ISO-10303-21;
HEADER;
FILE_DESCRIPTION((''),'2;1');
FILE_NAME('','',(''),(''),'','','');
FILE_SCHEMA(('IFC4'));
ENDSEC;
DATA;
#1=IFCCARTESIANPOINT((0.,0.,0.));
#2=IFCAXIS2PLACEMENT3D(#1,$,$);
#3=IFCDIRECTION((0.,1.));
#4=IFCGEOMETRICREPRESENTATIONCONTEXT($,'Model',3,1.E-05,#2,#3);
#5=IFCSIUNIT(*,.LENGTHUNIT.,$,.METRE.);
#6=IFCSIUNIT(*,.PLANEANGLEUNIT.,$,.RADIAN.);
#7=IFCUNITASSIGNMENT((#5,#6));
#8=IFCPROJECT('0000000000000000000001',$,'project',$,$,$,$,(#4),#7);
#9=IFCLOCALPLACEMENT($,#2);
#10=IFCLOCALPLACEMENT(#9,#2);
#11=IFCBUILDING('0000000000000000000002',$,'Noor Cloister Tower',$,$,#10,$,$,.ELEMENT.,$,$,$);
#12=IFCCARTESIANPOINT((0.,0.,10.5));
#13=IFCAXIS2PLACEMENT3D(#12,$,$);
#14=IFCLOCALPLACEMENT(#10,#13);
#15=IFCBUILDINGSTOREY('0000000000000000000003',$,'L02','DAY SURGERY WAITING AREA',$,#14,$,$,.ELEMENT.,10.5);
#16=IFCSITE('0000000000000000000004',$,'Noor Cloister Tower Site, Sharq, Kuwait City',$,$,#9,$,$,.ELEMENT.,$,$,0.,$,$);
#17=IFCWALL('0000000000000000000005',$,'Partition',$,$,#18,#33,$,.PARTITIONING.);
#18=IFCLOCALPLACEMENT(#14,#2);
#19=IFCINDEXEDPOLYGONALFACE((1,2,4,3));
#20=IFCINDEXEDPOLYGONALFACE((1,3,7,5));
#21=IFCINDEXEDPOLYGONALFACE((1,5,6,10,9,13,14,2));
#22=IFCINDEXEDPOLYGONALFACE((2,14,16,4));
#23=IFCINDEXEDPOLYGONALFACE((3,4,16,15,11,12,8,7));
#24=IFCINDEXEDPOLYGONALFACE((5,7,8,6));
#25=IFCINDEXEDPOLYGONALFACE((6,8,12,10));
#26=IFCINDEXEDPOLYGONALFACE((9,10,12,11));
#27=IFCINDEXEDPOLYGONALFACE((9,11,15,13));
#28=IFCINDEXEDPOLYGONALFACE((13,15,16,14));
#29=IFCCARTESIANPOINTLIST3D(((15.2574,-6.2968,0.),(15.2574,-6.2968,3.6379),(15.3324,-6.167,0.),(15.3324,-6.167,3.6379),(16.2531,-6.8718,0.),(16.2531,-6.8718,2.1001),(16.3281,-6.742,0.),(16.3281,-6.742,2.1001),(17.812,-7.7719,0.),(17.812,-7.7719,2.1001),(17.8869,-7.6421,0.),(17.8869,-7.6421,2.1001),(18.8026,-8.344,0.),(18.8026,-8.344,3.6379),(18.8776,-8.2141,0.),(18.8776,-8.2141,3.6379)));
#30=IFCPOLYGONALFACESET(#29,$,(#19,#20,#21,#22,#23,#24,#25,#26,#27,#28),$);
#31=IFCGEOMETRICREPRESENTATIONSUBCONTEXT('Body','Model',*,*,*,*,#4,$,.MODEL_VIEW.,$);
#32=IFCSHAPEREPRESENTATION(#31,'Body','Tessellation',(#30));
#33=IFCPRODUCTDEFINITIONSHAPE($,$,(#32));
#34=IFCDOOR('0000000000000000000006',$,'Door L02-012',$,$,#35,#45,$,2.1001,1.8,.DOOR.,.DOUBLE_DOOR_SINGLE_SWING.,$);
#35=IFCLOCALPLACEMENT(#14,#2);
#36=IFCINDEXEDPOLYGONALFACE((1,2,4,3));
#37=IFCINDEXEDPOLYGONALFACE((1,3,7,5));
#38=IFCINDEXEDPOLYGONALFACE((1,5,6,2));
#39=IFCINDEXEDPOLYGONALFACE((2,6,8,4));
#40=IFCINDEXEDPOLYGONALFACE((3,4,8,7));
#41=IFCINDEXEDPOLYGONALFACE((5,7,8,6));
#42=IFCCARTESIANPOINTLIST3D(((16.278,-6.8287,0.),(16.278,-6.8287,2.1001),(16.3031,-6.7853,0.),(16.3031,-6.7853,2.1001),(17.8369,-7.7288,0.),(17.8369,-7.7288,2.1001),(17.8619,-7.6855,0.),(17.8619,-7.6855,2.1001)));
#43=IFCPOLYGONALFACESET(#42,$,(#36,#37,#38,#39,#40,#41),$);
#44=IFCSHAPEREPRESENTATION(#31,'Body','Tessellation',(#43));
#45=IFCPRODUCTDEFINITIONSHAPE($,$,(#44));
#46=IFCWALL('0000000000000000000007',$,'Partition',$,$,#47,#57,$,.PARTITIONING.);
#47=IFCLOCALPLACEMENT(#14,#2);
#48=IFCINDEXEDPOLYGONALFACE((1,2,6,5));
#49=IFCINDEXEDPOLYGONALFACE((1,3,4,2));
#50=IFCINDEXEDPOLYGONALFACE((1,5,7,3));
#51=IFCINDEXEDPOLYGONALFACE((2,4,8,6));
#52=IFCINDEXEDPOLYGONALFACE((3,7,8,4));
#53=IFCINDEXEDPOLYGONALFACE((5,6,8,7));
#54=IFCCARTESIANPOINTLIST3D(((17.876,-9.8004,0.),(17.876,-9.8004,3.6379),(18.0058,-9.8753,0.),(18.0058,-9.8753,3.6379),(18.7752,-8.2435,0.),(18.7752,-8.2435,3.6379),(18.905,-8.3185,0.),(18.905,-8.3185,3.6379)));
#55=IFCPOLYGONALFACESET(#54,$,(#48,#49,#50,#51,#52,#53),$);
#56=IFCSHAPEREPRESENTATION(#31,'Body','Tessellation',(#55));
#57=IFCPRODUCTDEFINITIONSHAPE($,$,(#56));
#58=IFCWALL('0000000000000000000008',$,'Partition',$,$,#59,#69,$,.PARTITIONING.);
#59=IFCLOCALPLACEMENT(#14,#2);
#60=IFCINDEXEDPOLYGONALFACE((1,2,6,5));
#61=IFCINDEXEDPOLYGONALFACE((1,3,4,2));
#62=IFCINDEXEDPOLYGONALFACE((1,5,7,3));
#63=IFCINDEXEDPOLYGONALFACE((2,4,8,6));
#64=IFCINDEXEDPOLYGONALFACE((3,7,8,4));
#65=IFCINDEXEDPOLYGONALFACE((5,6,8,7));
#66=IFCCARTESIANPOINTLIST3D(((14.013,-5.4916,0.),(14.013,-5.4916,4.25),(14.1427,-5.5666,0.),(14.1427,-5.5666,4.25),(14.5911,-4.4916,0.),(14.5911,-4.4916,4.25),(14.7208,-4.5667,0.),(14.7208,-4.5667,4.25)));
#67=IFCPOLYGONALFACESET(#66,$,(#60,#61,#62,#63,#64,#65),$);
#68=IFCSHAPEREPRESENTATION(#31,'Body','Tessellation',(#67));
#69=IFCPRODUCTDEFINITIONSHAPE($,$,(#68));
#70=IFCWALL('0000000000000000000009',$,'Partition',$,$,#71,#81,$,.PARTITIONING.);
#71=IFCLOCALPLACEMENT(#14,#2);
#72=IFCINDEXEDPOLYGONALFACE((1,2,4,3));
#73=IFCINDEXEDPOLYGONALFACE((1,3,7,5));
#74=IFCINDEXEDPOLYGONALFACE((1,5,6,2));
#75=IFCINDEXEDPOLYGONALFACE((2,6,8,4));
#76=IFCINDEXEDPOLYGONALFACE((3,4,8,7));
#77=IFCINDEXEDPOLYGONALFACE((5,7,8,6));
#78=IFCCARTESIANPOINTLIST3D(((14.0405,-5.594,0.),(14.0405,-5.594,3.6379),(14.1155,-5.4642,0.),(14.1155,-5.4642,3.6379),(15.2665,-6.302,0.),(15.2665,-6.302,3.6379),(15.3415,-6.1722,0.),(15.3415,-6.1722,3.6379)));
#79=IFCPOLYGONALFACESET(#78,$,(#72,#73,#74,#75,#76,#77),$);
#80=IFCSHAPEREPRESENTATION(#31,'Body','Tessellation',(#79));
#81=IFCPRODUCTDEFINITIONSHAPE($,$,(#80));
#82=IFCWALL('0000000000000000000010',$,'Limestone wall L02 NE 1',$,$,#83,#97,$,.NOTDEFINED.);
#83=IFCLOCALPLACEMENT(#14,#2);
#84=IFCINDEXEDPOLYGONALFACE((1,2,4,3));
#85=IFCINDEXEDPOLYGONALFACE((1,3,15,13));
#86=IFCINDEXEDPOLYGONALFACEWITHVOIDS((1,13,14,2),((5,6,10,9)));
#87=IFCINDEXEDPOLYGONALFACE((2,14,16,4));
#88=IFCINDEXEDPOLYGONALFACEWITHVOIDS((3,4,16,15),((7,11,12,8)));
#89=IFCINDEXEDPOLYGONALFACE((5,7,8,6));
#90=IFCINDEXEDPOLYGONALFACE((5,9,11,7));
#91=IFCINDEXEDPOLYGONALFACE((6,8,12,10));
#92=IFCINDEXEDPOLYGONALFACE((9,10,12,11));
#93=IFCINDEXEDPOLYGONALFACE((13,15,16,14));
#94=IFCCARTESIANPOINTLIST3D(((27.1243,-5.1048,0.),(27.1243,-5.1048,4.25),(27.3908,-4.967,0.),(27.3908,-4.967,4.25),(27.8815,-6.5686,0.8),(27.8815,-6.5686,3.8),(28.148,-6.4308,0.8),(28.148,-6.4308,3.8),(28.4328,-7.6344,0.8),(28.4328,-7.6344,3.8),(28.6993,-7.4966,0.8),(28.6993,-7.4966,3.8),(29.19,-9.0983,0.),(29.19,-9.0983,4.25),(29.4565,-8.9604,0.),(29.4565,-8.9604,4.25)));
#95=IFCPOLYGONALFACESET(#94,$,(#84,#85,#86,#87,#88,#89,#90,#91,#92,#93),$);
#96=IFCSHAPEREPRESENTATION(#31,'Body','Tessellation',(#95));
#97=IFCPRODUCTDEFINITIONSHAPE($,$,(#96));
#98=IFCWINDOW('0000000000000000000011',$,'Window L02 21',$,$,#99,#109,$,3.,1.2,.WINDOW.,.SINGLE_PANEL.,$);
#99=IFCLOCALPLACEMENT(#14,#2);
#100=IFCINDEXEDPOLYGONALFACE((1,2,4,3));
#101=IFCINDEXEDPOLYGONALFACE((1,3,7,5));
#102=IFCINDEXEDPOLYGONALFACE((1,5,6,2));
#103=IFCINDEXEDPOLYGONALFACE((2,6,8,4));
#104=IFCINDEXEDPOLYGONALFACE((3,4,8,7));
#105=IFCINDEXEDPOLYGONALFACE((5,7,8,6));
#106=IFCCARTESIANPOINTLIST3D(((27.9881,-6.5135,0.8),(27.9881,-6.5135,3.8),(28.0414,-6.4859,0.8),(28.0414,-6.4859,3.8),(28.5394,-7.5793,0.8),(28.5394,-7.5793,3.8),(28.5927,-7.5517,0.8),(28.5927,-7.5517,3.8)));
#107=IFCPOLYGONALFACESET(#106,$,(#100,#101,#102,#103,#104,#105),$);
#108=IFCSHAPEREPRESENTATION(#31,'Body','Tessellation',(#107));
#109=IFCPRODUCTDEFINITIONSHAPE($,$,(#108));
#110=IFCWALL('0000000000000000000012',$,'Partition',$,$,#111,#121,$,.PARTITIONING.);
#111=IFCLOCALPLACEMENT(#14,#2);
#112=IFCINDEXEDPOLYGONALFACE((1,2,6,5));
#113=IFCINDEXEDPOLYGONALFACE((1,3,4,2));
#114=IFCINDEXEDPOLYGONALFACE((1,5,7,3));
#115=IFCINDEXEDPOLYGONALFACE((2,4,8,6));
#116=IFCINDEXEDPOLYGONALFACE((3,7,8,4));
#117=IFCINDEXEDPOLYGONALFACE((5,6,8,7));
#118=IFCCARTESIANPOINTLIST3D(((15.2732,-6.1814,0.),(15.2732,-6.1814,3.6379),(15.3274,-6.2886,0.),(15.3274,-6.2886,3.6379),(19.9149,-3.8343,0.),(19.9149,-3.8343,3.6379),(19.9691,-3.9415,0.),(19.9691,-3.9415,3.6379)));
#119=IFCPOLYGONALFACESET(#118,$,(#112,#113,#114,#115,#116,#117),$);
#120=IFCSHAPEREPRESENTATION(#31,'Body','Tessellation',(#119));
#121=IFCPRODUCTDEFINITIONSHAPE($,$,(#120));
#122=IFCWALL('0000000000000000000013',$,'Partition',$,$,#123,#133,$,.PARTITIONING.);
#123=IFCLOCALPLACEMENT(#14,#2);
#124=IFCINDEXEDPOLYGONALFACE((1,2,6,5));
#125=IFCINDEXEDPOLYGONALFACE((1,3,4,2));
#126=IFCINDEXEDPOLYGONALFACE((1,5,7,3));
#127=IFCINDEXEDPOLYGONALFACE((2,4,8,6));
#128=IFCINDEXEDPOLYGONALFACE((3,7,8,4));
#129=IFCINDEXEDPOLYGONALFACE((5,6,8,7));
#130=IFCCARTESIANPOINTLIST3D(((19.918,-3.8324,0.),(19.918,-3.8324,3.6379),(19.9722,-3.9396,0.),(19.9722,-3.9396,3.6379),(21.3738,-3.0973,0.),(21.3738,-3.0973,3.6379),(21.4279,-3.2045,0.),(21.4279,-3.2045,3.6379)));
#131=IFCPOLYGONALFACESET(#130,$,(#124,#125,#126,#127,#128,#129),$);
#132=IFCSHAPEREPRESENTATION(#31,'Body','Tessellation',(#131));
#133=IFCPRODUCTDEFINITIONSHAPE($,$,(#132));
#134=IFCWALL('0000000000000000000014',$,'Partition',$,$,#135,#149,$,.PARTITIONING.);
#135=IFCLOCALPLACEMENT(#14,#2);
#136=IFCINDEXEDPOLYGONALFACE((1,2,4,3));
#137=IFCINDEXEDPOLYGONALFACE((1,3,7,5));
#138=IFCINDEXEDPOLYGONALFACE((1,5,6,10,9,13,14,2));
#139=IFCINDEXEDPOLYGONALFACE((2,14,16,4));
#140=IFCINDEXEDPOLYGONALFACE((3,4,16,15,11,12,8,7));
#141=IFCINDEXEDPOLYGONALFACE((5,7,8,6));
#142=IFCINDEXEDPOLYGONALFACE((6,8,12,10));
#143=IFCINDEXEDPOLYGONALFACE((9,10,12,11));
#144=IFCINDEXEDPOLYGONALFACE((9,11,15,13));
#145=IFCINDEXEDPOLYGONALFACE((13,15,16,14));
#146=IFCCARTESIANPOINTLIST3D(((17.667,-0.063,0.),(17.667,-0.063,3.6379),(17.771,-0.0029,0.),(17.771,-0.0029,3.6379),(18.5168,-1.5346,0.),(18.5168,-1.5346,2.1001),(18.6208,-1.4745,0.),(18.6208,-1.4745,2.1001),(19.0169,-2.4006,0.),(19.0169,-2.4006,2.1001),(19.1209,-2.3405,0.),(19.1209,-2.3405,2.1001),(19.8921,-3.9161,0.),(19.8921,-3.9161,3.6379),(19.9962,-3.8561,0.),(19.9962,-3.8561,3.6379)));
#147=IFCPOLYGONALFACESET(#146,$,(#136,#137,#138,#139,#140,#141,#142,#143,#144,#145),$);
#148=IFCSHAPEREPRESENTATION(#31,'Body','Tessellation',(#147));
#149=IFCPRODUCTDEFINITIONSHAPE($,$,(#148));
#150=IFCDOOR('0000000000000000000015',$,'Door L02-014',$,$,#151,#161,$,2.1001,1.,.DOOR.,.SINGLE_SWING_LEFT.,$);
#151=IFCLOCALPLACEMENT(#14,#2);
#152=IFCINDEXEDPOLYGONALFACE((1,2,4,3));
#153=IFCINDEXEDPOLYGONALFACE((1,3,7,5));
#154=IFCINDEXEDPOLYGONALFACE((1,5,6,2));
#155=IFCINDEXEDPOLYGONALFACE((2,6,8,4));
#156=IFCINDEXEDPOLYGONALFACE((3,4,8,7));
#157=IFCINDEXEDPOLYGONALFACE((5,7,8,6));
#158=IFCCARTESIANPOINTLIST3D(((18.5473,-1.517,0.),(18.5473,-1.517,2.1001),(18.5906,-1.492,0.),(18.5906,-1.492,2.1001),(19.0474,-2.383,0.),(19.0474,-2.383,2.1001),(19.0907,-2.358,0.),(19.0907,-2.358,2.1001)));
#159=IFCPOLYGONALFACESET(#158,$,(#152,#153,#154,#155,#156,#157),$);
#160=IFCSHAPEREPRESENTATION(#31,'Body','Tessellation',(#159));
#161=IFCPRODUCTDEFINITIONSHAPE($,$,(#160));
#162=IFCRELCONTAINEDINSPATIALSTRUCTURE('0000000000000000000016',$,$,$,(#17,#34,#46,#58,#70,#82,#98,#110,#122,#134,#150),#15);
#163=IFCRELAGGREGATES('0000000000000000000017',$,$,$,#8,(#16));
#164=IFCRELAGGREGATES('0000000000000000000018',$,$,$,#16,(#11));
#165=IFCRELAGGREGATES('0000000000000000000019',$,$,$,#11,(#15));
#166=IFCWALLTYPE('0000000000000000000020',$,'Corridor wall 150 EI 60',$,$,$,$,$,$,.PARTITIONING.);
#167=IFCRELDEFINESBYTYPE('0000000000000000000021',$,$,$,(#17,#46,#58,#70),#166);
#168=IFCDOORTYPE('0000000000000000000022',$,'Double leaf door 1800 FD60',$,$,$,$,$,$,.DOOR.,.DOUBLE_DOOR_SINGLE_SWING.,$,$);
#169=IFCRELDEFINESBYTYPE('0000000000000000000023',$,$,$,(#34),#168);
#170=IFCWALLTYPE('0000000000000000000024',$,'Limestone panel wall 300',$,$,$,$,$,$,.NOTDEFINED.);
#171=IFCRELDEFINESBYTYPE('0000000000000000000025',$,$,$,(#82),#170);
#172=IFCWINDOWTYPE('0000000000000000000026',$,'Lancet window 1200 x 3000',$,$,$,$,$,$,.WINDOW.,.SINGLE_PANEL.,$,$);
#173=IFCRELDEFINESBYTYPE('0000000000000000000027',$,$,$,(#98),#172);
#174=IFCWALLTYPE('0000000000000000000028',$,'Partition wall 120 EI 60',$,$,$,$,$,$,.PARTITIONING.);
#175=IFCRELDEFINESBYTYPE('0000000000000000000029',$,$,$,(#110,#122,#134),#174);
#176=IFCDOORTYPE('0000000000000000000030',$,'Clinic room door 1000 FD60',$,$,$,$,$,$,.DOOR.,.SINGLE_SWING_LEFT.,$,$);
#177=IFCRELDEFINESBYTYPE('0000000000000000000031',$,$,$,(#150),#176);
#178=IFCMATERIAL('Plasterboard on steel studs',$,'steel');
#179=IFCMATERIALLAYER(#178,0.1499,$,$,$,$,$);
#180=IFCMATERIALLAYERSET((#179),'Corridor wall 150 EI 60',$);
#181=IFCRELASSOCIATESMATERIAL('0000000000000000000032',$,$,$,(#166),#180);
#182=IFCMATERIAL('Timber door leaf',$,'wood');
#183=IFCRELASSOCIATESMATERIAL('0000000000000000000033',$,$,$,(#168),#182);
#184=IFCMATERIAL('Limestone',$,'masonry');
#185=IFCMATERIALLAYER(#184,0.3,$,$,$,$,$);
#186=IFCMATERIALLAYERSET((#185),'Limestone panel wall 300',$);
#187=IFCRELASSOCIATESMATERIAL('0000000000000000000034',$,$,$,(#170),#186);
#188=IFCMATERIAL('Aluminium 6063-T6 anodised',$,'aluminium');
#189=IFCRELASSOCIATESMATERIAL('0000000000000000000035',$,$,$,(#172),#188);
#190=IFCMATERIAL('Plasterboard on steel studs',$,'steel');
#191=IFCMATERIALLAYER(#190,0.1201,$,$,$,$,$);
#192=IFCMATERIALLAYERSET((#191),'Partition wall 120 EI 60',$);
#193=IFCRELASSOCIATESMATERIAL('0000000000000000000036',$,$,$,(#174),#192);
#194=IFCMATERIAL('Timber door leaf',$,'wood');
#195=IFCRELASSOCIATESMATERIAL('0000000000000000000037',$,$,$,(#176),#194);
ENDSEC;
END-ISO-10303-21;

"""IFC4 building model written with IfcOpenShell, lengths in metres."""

from ifc_helpers import new_model, si_unit, direction, frame, frame_2d, origin, place, context, subcontext, project, spatial, rectangle, extrude, material, layer, layer_set, type_object, element, fill, save


model = new_model("IFC4")

# Units and contexts
model_context = context("Model", 3, precision=1e-05, world=origin(), true_north=direction((0.0, 1.0)))
body_context = subcontext(model_context, "Body", "Model", "MODEL_VIEW")
ifc_project = project(units=[si_unit("LENGTHUNIT", "METRE"), si_unit("PLANEANGLEUNIT", "RADIAN")], contexts=[model_context])

# Site, building, storey
site_placement = place(None, origin())
site = spatial("IfcSite", under=ifc_project, at=site_placement, Name="Noor Cloister Tower Site, Sharq, Kuwait City", CompositionType="ELEMENT", RefElevation=0.0)
building_placement = place(site_placement, origin())
building = spatial("IfcBuilding", under=site, at=building_placement, Name="Noor Cloister Tower", CompositionType="ELEMENT")
storey_placement = place(building_placement, frame((0.0, 0.0, 10.5)))
storey = spatial("IfcBuildingStorey", under=building, at=storey_placement, Name="L02", Description="DAY SURGERY WAITING AREA", CompositionType="ELEMENT", Elevation=10.5)

# Wall, opening, door
ifc_material_1 = material(Name="Plasterboard on steel studs", Category="steel")
ifc_layer_1 = layer(ifc_material_1, 0.1499)
ifc_layer_set_1 = layer_set([ifc_layer_1], Name="Corridor wall 150 EI 60")
wall_type_1 = type_object("IfcWallType", Name="Corridor wall 150 EI 60", PredefinedType="PARTITIONING", material=ifc_layer_set_1)
ifc_material_2 = material(Name="Timber door leaf", Category="wood")
door_type_1 = type_object("IfcDoorType", Name="Double leaf door 1800 FD60", OperationType="DOUBLE_DOOR_SINGLE_SWING", PredefinedType="DOOR", material=ifc_material_2)
wall_1_placement = place(storey_placement, frame((15.2949, -6.2319, 0.0), z_axis=(0.0, 0.0, 1.0), x_axis=(0.865992, -0.500058, 0.0)))
wall_1 = element("IfcWall", 1, at=wall_1_placement, inside=storey, type_object=wall_type_1, Name="Partition", PredefinedType="PARTITIONING", context=body_context, shape_type="SweptSolid", body=[
    extrude(rectangle(XDim=4.0938, YDim=0.1499, at=frame_2d((2.0469, 0.0))), origin(), (0.0, 0.0, 1.0), 3.6379),
])
opening_1_placement = place(wall_1_placement, frame((1.1499, 0.0, 0.0)))
opening_1 = element("IfcOpeningElement", 2, at=opening_1_placement, cuts=wall_1, PredefinedType="OPENING", context=body_context, shape_type="SweptSolid", body=[
    extrude(rectangle(XDim=1.8, YDim=2.1001, at=frame_2d((0.8999, 1.05))), frame((0.0, 0.085, 0.0), z_axis=(0.0, -1.0, 0.0), x_axis=(1.0, 0.0, 0.0)), (0.0, 0.0, 1.0), 0.1699),
])
door_1_placement = place(opening_1_placement, origin())
door_1 = element("IfcDoor", 3, at=door_1_placement, inside=storey, type_object=door_type_1, Name="Door L02-012", OperationType="DOUBLE_DOOR_SINGLE_SWING", OverallHeight=2.1001, OverallWidth=1.8, PredefinedType="DOOR", context=body_context, shape_type="SweptSolid", body=[
    extrude(rectangle(XDim=1.8, YDim=2.1001, at=frame_2d((0.8999, 1.05))), frame((0.0, 0.0249, 0.0), z_axis=(0.0, -1.0, 0.0), x_axis=(1.0, 0.0, 0.0)), (0.0, 0.0, 1.0), 0.05),
])
fill(opening_1, door_1)

# Walls
wall_2_placement = place(storey_placement, frame((18.8401, -8.281, 0.0), z_axis=(0.0, 0.0, 1.0), x_axis=(-0.500126, -0.865953, 0.0)))
element("IfcWall", 4, at=wall_2_placement, inside=storey, type_object=wall_type_1, Name="Partition", PredefinedType="PARTITIONING", context=body_context, shape_type="SweptSolid", body=[
    extrude(rectangle(XDim=1.7979, YDim=0.1499, at=frame_2d((0.8989, 0.0))), origin(), (0.0, 0.0, 1.0), 3.6379),
])
wall_3_placement = place(storey_placement, frame((14.656, -4.5291, 0.0), z_axis=(0.0, 0.0, 1.0), x_axis=(-0.500503, -0.865735, 0.0)))
element("IfcWall", 5, at=wall_3_placement, inside=storey, type_object=wall_type_1, Name="Partition", PredefinedType="PARTITIONING", context=body_context, shape_type="SweptSolid", body=[
    extrude(rectangle(XDim=1.155, YDim=0.1499, at=frame_2d((0.5776, 0.0))), origin(), (0.0, 0.0, 1.0), 4.25),
])
wall_4_placement = place(storey_placement, frame((14.0779, -5.5291, 0.0), z_axis=(0.0, 0.0, 1.0), x_axis=(0.865985, -0.500071, 0.0)))
element("IfcWall", 6, at=wall_4_placement, inside=storey, type_object=wall_type_1, Name="Partition", PredefinedType="PARTITIONING", context=body_context, shape_type="SweptSolid", body=[
    extrude(rectangle(XDim=1.4158, YDim=0.1499, at=frame_2d((0.708, 0.0))), origin(), (0.0, 0.0, 1.0), 3.6379),
])

# Wall, opening, window
ifc_material_3 = material(Name="Limestone", Category="masonry")
ifc_layer_2 = layer(ifc_material_3, 0.3)
ifc_layer_set_2 = layer_set([ifc_layer_2], Name="Limestone panel wall 300")
wall_type_2 = type_object("IfcWallType", Name="Limestone panel wall 300", PredefinedType="NOTDEFINED", material=ifc_layer_set_2)
wall_5_placement = place(storey_placement, frame((27.2576, -5.0359, 0.0), z_axis=(0.0, 0.0, 1.0), x_axis=(0.459444, -0.888207, 0.0)))
wall_5 = element("IfcWall", 7, at=wall_5_placement, inside=storey, type_object=wall_type_2, Name="Limestone wall L02 NE 1", PredefinedType="NOTDEFINED", context=body_context, shape_type="SweptSolid", body=[
    extrude(rectangle(XDim=4.4961, YDim=0.3, at=frame_2d((2.248, 0.0))), origin(), (0.0, 0.0, 1.0), 4.25),
])
opening_2_placement = place(wall_5_placement, frame((1.6479, 0.0, 0.8)))
opening_2 = element("IfcOpeningElement", 8, at=opening_2_placement, cuts=wall_5, PredefinedType="OPENING", context=body_context, shape_type="SweptSolid", body=[
    extrude(rectangle(XDim=1.2, YDim=3.0, at=frame_2d((0.6001, 1.5))), frame((0.0, 0.1602, 0.0), z_axis=(0.0, -1.0, 0.0), x_axis=(1.0, 0.0, 0.0)), (0.0, 0.0, 1.0), 0.3201),
])
ifc_material_4 = material(Name="Aluminium 6063-T6 anodised", Category="aluminium")
window_type = type_object("IfcWindowType", Name="Lancet window 1200 x 3000", PartitioningType="SINGLE_PANEL", PredefinedType="WINDOW", material=ifc_material_4)
window_placement = place(opening_2_placement, origin())
window = element("IfcWindow", 9, at=window_placement, inside=storey, type_object=window_type, Name="Window L02 21", OverallHeight=3.0, OverallWidth=1.2, PartitioningType="SINGLE_PANEL", PredefinedType="WINDOW", context=body_context, shape_type="SweptSolid", body=[
    extrude(rectangle(XDim=1.2, YDim=3.0, at=frame_2d((0.6001, 1.5))), frame((0.0, 0.03, 0.0), z_axis=(0.0, -1.0, 0.0), x_axis=(1.0, 0.0, 0.0)), (0.0, 0.0, 1.0), 0.0601),
])
fill(opening_2, window)

# Walls
ifc_material_5 = material(Name="Plasterboard on steel studs", Category="steel")
ifc_layer_3 = layer(ifc_material_5, 0.1201)
ifc_layer_set_3 = layer_set([ifc_layer_3], Name="Partition wall 120 EI 60")
wall_type_3 = type_object("IfcWallType", Name="Partition wall 120 EI 60", PredefinedType="PARTITIONING", material=ifc_layer_set_3)
wall_6_placement = place(storey_placement, frame((19.9419, -3.8879, 0.0), z_axis=(0.0, 0.0, 1.0), x_axis=(-0.8924, -0.451246, 0.0)))
element("IfcWall", 10, at=wall_6_placement, inside=storey, type_object=wall_type_3, Name="Partition", PredefinedType="PARTITIONING", context=body_context, shape_type="SweptSolid", body=[
    extrude(rectangle(XDim=5.2014, YDim=0.1201, at=frame_2d((2.6006, 0.0))), origin(), (0.0, 0.0, 1.0), 3.6379),
])
wall_7_placement = place(storey_placement, frame((21.4009, -3.1509, 0.0), z_axis=(0.0, 0.0, 1.0), x_axis=(-0.892654, -0.450743, 0.0)))
element("IfcWall", 11, at=wall_7_placement, inside=storey, type_object=wall_type_3, Name="Partition", PredefinedType="PARTITIONING", context=body_context, shape_type="SweptSolid", body=[
    extrude(rectangle(XDim=1.6309, YDim=0.1201, at=frame_2d((0.8154, 0.0))), origin(), (0.0, 0.0, 1.0), 3.6379),
])

# Wall, opening, door
wall_8_placement = place(storey_placement, frame((19.9441, -3.886, 0.0), z_axis=(0.0, 0.0, 1.0), x_axis=(-0.500093, 0.865972, 0.0)))
wall_8 = element("IfcWall", 12, at=wall_8_placement, inside=storey, type_object=wall_type_3, Name="Partition", PredefinedType="PARTITIONING", context=body_context, shape_type="SweptSolid", body=[
    extrude(rectangle(XDim=4.4495, YDim=0.1201, at=frame_2d((2.2246, 0.0))), origin(), (0.0, 0.0, 1.0), 3.6379),
])
opening_3_placement = place(wall_8_placement, frame((1.75, 0.0, 0.0)))
opening_3 = element("IfcOpeningElement", 13, at=opening_3_placement, cuts=wall_8, PredefinedType="OPENING", context=body_context, shape_type="SweptSolid", body=[
    extrude(rectangle(XDim=1.0, YDim=2.1001, at=frame_2d((0.5, 1.05))), frame((0.0, 0.0701, 0.0), z_axis=(0.0, -1.0, 0.0), x_axis=(1.0, 0.0, 0.0)), (0.0, 0.0, 1.0), 0.1401),
])
ifc_material_6 = material(Name="Timber door leaf", Category="wood")
door_type_2 = type_object("IfcDoorType", Name="Clinic room door 1000 FD60", OperationType="SINGLE_SWING_LEFT", PredefinedType="DOOR", material=ifc_material_6)
door_2_placement = place(opening_3_placement, origin())
door_2 = element("IfcDoor", 14, at=door_2_placement, inside=storey, type_object=door_type_2, Name="Door L02-014", OperationType="SINGLE_SWING_LEFT", OverallHeight=2.1001, OverallWidth=1.0, PredefinedType="DOOR", context=body_context, shape_type="SweptSolid", body=[
    extrude(rectangle(XDim=1.0, YDim=2.1001, at=frame_2d((0.5, 1.05))), frame((0.0, 0.0249, 0.0), z_axis=(0.0, -1.0, 0.0), x_axis=(1.0, 0.0, 0.0)), (0.0, 0.0, 1.0), 0.05),
])
fill(opening_3, door_2)

save(model, "model.ifc")
